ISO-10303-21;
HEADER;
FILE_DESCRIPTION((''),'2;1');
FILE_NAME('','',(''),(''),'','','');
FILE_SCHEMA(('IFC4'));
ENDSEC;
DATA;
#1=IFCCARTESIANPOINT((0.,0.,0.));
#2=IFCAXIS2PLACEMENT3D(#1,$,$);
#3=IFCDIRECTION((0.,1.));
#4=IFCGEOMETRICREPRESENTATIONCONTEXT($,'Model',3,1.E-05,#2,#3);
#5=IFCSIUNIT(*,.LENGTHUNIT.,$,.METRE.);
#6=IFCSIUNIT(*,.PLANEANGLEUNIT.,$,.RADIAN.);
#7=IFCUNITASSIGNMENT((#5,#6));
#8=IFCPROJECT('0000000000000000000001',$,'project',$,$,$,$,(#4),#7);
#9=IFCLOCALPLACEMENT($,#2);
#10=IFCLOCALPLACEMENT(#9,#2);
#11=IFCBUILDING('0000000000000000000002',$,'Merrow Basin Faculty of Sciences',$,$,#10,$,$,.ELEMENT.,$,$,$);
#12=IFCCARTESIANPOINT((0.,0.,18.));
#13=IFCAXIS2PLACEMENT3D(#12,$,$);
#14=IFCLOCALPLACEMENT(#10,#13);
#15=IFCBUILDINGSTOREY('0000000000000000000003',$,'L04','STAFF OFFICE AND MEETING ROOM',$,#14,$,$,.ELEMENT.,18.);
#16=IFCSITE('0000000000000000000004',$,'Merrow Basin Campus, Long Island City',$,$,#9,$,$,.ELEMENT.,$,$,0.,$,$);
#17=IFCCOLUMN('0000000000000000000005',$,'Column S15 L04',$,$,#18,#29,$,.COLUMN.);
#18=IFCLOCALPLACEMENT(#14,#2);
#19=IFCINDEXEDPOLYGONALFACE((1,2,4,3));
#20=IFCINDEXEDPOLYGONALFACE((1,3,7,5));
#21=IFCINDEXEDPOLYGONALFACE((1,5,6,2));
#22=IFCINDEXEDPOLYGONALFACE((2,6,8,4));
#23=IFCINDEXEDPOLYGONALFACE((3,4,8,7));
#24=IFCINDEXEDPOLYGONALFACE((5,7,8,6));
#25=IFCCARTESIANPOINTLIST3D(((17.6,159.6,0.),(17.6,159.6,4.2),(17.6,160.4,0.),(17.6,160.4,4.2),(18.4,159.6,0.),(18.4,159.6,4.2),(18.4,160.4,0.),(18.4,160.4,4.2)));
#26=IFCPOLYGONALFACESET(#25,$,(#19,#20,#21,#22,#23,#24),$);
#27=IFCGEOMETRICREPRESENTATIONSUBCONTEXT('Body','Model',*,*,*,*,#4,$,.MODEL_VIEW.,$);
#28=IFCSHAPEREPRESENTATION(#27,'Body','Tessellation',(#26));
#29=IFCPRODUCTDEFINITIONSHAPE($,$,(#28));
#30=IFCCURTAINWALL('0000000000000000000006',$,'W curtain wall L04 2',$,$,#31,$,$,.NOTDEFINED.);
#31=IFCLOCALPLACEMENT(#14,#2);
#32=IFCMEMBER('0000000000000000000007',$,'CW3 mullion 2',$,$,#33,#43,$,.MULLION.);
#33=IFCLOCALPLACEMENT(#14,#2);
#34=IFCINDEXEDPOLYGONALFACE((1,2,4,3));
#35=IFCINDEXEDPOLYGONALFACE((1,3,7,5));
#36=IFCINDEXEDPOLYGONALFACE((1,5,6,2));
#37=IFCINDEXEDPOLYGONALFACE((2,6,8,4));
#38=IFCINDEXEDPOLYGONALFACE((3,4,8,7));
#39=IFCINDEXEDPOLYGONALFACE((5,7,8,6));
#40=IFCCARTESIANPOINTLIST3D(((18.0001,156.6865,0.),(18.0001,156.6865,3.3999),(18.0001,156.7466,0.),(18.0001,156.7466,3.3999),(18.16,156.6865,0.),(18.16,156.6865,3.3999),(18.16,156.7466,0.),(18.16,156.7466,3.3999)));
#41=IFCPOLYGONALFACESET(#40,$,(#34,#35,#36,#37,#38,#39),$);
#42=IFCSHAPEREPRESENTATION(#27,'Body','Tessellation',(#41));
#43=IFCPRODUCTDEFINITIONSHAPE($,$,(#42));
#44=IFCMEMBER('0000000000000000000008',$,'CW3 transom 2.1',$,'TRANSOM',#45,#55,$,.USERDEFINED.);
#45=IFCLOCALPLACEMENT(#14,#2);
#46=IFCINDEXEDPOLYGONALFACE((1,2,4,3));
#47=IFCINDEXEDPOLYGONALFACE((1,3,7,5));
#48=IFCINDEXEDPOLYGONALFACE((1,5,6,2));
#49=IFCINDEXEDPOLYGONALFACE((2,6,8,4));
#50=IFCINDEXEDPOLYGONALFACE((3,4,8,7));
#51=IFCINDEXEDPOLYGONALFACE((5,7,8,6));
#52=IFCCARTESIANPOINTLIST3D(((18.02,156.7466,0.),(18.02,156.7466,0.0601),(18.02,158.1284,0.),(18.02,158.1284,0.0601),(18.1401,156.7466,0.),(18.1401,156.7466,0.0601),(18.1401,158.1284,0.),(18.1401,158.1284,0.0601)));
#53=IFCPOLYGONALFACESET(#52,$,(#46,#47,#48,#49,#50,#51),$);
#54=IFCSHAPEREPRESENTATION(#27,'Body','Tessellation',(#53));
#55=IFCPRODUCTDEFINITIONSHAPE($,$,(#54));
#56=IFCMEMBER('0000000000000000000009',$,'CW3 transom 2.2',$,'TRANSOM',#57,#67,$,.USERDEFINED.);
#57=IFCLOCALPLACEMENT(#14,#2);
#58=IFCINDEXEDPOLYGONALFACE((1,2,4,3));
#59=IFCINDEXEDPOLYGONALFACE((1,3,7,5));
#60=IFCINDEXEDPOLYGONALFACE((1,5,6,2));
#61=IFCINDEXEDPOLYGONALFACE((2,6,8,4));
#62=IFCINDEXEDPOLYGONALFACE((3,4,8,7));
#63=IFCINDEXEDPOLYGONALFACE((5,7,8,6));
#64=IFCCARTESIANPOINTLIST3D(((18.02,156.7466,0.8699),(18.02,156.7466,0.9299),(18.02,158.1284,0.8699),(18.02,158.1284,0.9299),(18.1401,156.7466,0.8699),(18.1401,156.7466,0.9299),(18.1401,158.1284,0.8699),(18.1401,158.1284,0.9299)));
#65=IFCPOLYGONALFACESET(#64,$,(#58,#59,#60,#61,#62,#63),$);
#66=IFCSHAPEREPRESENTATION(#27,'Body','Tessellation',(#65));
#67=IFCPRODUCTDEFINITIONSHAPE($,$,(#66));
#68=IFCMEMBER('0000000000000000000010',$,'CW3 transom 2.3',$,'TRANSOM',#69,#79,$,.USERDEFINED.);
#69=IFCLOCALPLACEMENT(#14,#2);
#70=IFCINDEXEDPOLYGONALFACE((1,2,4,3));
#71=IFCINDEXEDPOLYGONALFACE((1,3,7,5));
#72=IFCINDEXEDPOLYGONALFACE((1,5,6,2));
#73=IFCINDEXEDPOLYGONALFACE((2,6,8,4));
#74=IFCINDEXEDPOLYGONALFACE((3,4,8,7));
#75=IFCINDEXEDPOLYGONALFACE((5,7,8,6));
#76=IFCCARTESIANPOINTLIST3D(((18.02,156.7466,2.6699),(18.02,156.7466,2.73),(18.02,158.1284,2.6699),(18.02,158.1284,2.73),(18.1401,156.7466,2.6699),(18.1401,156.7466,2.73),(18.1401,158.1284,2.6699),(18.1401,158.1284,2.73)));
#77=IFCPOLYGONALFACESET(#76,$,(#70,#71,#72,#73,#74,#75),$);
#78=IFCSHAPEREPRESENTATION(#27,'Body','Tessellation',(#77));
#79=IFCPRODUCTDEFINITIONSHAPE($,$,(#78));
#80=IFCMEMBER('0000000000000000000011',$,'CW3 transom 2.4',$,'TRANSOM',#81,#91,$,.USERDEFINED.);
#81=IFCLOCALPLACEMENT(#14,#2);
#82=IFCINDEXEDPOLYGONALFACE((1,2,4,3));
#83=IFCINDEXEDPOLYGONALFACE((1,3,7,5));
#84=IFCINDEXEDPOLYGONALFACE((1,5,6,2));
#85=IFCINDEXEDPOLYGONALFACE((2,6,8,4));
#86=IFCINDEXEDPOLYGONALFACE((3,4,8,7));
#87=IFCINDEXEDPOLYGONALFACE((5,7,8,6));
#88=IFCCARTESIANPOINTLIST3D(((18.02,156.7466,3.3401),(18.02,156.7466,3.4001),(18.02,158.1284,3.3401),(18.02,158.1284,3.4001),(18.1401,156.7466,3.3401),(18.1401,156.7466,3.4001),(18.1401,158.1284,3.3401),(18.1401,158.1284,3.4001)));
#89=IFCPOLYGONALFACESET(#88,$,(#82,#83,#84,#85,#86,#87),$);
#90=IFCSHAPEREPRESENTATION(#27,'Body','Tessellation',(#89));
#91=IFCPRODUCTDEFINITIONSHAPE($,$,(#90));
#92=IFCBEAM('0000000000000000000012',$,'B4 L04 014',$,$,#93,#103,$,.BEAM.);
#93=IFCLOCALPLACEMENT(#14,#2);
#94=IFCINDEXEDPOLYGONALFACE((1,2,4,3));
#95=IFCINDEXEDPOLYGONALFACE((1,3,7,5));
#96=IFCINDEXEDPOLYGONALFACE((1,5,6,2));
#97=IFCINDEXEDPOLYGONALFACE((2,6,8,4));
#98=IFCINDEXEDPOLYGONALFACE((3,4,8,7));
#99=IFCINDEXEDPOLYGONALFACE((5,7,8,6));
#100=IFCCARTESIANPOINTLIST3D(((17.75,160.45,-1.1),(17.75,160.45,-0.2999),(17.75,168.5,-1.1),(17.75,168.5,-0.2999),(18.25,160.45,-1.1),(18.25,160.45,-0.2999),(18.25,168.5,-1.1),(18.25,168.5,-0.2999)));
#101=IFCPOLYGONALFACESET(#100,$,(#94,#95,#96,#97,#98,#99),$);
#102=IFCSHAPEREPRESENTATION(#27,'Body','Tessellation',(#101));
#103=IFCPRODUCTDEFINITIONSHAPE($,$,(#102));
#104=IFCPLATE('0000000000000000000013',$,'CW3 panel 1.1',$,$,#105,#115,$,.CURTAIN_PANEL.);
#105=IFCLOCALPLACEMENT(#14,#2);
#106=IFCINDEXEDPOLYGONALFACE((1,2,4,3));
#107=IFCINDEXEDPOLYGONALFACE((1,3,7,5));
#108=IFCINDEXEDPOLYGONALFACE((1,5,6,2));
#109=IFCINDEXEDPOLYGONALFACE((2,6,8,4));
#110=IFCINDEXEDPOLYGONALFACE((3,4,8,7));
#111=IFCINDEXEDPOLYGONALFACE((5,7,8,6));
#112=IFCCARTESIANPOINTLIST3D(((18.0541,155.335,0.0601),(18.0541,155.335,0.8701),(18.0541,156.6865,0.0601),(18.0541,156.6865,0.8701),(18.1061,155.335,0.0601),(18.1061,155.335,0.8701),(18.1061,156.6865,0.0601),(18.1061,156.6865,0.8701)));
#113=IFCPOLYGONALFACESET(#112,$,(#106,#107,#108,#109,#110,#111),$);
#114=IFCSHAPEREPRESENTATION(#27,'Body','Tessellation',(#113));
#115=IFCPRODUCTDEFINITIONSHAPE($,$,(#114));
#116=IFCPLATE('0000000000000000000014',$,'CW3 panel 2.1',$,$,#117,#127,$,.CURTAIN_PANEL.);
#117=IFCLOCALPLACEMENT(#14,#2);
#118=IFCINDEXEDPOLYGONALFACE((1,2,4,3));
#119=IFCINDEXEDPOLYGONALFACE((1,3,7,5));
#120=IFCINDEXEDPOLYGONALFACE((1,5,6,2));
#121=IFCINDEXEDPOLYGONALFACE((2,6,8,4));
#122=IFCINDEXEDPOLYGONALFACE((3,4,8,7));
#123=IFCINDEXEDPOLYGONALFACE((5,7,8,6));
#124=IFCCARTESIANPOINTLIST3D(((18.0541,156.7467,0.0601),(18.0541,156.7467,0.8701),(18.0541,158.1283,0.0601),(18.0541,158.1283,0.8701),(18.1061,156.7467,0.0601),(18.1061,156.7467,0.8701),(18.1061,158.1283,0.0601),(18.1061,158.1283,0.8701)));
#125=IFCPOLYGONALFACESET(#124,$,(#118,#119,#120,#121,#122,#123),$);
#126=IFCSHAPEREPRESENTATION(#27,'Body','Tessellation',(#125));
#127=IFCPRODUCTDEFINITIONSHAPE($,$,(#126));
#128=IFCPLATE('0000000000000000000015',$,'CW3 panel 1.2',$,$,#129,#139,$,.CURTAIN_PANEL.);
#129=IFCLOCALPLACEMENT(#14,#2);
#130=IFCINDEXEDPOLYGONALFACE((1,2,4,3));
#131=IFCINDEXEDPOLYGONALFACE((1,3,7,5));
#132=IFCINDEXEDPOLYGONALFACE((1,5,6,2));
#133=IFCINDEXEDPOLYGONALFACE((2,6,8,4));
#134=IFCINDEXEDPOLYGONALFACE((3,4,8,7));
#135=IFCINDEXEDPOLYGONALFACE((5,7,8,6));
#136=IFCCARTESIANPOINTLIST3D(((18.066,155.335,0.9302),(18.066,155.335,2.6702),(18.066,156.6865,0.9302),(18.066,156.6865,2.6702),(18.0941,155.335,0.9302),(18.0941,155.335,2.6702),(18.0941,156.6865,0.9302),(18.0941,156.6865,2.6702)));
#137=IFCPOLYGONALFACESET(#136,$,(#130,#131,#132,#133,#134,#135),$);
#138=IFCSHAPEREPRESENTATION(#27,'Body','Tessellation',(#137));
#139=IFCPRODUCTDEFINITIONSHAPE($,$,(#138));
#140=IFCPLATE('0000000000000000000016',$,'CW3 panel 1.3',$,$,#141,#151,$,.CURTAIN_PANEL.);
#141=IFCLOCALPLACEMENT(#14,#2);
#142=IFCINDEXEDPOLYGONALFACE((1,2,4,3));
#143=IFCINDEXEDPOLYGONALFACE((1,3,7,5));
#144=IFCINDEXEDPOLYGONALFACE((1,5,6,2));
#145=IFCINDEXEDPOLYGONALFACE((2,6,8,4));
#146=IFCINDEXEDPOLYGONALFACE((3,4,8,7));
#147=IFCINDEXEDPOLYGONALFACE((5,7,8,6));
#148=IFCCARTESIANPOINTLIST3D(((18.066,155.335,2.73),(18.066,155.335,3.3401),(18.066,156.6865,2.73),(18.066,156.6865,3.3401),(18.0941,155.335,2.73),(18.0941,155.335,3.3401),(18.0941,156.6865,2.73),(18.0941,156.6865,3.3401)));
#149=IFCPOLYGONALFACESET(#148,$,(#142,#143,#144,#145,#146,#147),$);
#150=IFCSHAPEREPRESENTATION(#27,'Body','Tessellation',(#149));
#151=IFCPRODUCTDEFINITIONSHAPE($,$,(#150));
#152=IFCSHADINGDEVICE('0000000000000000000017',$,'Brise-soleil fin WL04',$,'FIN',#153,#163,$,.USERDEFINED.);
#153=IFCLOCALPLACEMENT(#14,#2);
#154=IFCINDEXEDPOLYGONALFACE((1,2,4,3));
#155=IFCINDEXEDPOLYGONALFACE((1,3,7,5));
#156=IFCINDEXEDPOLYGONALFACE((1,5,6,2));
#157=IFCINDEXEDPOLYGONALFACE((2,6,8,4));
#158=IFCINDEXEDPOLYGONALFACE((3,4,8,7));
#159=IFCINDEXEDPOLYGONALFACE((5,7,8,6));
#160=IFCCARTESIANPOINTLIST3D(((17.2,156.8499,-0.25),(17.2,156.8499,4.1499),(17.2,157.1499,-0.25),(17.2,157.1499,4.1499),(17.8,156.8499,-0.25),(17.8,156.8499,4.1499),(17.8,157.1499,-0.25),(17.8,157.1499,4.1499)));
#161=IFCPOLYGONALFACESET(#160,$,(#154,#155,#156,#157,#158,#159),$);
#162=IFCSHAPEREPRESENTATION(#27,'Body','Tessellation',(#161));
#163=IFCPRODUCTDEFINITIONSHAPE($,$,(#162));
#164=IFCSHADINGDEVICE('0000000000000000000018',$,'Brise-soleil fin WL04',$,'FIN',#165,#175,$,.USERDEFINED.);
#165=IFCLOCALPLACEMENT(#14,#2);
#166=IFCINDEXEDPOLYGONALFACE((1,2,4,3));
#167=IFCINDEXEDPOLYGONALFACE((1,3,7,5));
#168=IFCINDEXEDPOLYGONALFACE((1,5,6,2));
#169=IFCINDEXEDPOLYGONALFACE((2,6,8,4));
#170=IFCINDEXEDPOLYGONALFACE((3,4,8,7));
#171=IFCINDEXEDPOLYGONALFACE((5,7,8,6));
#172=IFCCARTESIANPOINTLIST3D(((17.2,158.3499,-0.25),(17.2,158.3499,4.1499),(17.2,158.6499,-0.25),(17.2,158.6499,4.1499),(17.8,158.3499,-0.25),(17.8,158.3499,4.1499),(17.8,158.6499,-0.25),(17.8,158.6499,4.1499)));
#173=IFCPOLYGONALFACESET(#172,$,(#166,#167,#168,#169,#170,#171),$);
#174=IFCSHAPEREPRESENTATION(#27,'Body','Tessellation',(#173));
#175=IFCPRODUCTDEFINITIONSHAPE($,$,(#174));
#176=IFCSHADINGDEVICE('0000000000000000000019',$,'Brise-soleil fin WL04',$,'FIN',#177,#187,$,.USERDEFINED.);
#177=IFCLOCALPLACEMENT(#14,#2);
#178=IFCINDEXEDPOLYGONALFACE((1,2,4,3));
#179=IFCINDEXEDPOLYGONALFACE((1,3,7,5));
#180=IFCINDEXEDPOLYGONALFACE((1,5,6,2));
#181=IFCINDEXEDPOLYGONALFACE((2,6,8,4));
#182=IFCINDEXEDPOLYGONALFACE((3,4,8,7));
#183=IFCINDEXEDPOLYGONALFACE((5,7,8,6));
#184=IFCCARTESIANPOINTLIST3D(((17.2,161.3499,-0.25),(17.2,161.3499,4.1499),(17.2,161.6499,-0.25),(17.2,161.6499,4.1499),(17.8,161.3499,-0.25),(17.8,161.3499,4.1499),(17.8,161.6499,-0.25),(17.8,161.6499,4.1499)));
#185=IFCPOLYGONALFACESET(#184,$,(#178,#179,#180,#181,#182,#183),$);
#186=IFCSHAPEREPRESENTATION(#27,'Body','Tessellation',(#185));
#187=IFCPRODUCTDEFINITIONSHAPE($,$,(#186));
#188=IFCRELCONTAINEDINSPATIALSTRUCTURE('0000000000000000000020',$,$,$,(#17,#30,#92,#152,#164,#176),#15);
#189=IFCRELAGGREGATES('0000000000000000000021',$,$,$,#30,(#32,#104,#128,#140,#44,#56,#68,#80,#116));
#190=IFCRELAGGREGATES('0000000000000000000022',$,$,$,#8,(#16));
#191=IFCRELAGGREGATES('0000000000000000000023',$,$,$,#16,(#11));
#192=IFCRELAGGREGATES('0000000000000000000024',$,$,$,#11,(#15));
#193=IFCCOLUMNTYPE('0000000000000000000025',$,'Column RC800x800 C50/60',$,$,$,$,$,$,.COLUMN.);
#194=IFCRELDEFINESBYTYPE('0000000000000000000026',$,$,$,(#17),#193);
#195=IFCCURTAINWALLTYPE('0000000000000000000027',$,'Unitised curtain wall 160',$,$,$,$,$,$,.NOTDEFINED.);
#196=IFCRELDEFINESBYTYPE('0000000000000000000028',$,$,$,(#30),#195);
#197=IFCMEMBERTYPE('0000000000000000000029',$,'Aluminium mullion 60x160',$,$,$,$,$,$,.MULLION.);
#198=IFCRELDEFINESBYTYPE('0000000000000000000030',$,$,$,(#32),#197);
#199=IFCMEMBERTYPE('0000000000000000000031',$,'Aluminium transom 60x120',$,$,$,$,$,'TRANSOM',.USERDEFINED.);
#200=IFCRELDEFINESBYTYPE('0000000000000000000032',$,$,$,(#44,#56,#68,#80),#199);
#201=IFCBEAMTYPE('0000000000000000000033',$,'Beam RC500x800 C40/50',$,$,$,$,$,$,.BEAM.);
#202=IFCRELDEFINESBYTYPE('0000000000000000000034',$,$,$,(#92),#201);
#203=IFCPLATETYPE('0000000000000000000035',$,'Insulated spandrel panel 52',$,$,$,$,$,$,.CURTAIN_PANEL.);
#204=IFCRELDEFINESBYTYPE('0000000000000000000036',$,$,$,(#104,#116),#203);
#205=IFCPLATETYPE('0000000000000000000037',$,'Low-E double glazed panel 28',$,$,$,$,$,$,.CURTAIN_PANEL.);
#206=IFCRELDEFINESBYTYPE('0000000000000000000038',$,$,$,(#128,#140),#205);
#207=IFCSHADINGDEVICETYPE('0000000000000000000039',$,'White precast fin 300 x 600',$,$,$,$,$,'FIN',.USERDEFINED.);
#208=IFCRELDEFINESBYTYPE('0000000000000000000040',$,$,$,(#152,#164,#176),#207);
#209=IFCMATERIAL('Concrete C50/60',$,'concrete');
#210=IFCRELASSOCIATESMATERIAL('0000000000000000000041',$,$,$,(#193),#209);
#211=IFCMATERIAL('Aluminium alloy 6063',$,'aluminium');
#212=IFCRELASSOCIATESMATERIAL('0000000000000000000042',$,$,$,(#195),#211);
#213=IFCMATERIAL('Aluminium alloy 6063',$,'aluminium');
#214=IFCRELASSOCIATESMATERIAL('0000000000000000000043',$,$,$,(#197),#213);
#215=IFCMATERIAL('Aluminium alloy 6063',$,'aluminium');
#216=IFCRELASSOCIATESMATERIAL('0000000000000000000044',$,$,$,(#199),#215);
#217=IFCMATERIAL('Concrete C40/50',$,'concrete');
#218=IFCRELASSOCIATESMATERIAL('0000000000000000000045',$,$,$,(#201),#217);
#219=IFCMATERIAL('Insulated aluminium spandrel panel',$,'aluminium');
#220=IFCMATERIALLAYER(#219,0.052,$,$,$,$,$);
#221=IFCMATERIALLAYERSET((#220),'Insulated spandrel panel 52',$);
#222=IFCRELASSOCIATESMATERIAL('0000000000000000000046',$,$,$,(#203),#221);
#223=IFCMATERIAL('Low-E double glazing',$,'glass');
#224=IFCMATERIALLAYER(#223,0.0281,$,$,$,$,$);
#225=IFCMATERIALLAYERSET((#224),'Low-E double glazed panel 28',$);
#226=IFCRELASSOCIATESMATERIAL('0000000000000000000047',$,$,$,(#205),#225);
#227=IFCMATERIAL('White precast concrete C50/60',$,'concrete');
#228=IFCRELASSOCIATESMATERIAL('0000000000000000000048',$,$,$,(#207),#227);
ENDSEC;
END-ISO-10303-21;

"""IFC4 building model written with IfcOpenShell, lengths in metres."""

from ifc_helpers import new_model, si_unit, direction, frame, origin, origin_2d, place, context, subcontext, project, spatial, polyline, rectangle, outline, extrude, source, transform, mapped, material, layer, layer_set, material_profile, profile_set, type_object, element, aggregate, save


model = new_model("IFC4")

# Units and contexts
model_context = context("Model", 3, precision=1e-05, world=origin(), true_north=direction((0.0, 1.0)))
body_context = subcontext(model_context, "Body", "Model", "MODEL_VIEW")
ifc_project = project(units=[si_unit("LENGTHUNIT", "METRE"), si_unit("PLANEANGLEUNIT", "RADIAN")], contexts=[model_context])

# Site, building, storey
site_placement = place(None, origin())
site = spatial("IfcSite", under=ifc_project, at=site_placement, Name="Merrow Basin Campus, Long Island City", CompositionType="ELEMENT", RefElevation=0.0)
building_placement = place(site_placement, origin())
building = spatial("IfcBuilding", under=site, at=building_placement, Name="Merrow Basin Faculty of Sciences", CompositionType="ELEMENT")
storey_placement = place(building_placement, frame((0.0, 0.0, 18.0)))
storey = spatial("IfcBuildingStorey", under=building, at=storey_placement, Name="L04", Description="STAFF OFFICE AND MEETING ROOM", CompositionType="ELEMENT", Elevation=18.0)

# Column
ifc_material_1 = material(Name="Concrete C50/60", Category="concrete")
ifc_material_profile_1 = material_profile(ifc_material_1, rectangle(XDim=0.8, YDim=0.8, at=origin_2d()))
ifc_profile_set_1 = profile_set([ifc_material_profile_1], Name="Concrete C50/60")
column_type = type_object("IfcColumnType", Name="Column RC800x800 C50/60", PredefinedType="COLUMN", material=ifc_profile_set_1)
column_placement = place(storey_placement, frame((18.0, 160.0, 0.0), z_axis=(0.0, 0.0, 1.0), x_axis=(1.0, 0.0, 0.0)))
element("IfcColumn", 1, at=column_placement, inside=storey, type_object=column_type, Name="Column S15 L04", PredefinedType="COLUMN", context=body_context, shape_type="SweptSolid", body=[
    extrude(rectangle(XDim=0.8, YDim=0.8, at=origin_2d()), origin(), (0.0, 0.0, 1.0), 4.2),
])

# Curtain wall, members
ifc_material_2 = material(Name="Aluminium alloy 6063", Category="aluminium")
curtain_wall_type = type_object("IfcCurtainWallType", Name="Unitised curtain wall 160", PredefinedType="NOTDEFINED", material=ifc_material_2)
curtain_wall_placement = place(storey_placement, origin())
curtain_wall = element("IfcCurtainWall", 2, at=curtain_wall_placement, inside=storey, type_object=curtain_wall_type, Name="W curtain wall L04 2", PredefinedType="NOTDEFINED")
ifc_material_3 = material(Name="Aluminium alloy 6063", Category="aluminium")
ifc_material_profile_2 = material_profile(ifc_material_3, rectangle(XDim=0.1599, YDim=0.0601, at=origin_2d()))
ifc_profile_set_2 = profile_set([ifc_material_profile_2], Name="Aluminium alloy 6063")
member_type_1 = type_object("IfcMemberType", Name="Aluminium mullion 60x160", PredefinedType="MULLION", material=ifc_profile_set_2)
member_1_placement = place(storey_placement, frame((18.0801, 156.7166, 0.0), z_axis=(0.0, 0.0, 1.0), x_axis=(-1.0, 0.0, 0.0)))
member_1 = element("IfcMember", 3, at=member_1_placement, type_object=member_type_1, Name="CW3 mullion 2", PredefinedType="MULLION", context=body_context, shape_type="SweptSolid", body=[
    extrude(rectangle(XDim=0.1599, YDim=0.0601, at=origin_2d()), origin(), (0.0, 0.0, 1.0), 3.3999),
])
ifc_material_4 = material(Name="Aluminium alloy 6063", Category="aluminium")
ifc_material_profile_3 = material_profile(ifc_material_4, rectangle(XDim=0.1201, YDim=0.0601, at=origin_2d()))
ifc_profile_set_3 = profile_set([ifc_material_profile_3], Name="Aluminium alloy 6063")
member_type_2 = type_object("IfcMemberType", Name="Aluminium transom 60x120", ElementType="TRANSOM", PredefinedType="USERDEFINED", material=ifc_profile_set_3)
member_2_placement = place(storey_placement, frame((18.0801, 156.7466, 0.03), z_axis=(0.0, 1.0, 0.0), x_axis=(-1.0, 0.0, 0.0)))
member_2 = element("IfcMember", 4, at=member_2_placement, type_object=member_type_2, Name="CW3 transom 2.1", ObjectType="TRANSOM", PredefinedType="USERDEFINED", context=body_context, shape_type="SweptSolid", body=[
    extrude(rectangle(XDim=0.1201, YDim=0.0601, at=origin_2d()), origin(), (0.0, 0.0, 1.0), 1.3818),
])
member_3_placement = place(storey_placement, frame((18.0801, 156.7466, 0.8999), z_axis=(0.0, 1.0, 0.0), x_axis=(-1.0, 0.0, 0.0)))
member_3 = element("IfcMember", 5, at=member_3_placement, type_object=member_type_2, Name="CW3 transom 2.2", ObjectType="TRANSOM", PredefinedType="USERDEFINED", context=body_context, shape_type="SweptSolid", body=[
    extrude(rectangle(XDim=0.1201, YDim=0.0601, at=origin_2d()), origin(), (0.0, 0.0, 1.0), 1.3818),
])
member_4_placement = place(storey_placement, frame((18.0801, 156.7466, 2.7), z_axis=(0.0, 1.0, 0.0), x_axis=(-1.0, 0.0, 0.0)))
member_4 = element("IfcMember", 6, at=member_4_placement, type_object=member_type_2, Name="CW3 transom 2.3", ObjectType="TRANSOM", PredefinedType="USERDEFINED", context=body_context, shape_type="SweptSolid", body=[
    extrude(rectangle(XDim=0.1201, YDim=0.0601, at=origin_2d()), origin(), (0.0, 0.0, 1.0), 1.3818),
])
member_5_placement = place(storey_placement, frame((18.0801, 156.7466, 3.3701), z_axis=(0.0, 1.0, 0.0), x_axis=(-1.0, 0.0, 0.0)))
member_5 = element("IfcMember", 7, at=member_5_placement, type_object=member_type_2, Name="CW3 transom 2.4", ObjectType="TRANSOM", PredefinedType="USERDEFINED", context=body_context, shape_type="SweptSolid", body=[
    extrude(rectangle(XDim=0.1201, YDim=0.0601, at=origin_2d()), origin(), (0.0, 0.0, 1.0), 1.3818),
])

# Beam
ifc_material_5 = material(Name="Concrete C40/50", Category="concrete")
ifc_material_profile_4 = material_profile(ifc_material_5, rectangle(XDim=0.5, YDim=0.8, at=origin_2d()))
ifc_profile_set_4 = profile_set([ifc_material_profile_4], Name="Concrete C40/50")
beam_type = type_object("IfcBeamType", Name="Beam RC500x800 C40/50", PredefinedType="BEAM", material=ifc_profile_set_4)
beam_placement = place(storey_placement, frame((18.0, 160.45, -0.7), z_axis=(0.0, 1.0, 0.0), x_axis=(-1.0, 0.0, 0.0)))
element("IfcBeam", 8, at=beam_placement, inside=storey, type_object=beam_type, Name="B4 L04 014", PredefinedType="BEAM", context=body_context, shape_type="SweptSolid", body=[
    extrude(rectangle(XDim=0.5, YDim=0.8, at=origin_2d()), origin(), (0.0, 0.0, 1.0), 8.05),
])

# Plates
ifc_material_6 = material(Name="Insulated aluminium spandrel panel", Category="aluminium")
ifc_layer_1 = layer(ifc_material_6, 0.052)
ifc_layer_set_1 = layer_set([ifc_layer_1], Name="Insulated spandrel panel 52")
plate_type_1 = type_object("IfcPlateType", Name="Insulated spandrel panel 52", PredefinedType="CURTAIN_PANEL", material=ifc_layer_set_1)
plate_1_placement = place(storey_placement, frame((18.0801, 156.0107, 0.0601), z_axis=(0.0, 0.0, 1.0), x_axis=(0.0, 1.0, 0.0)))
plate_1 = element("IfcPlate", 9, at=plate_1_placement, type_object=plate_type_1, Name="CW3 panel 1.1", PredefinedType="CURTAIN_PANEL", context=body_context, shape_type="SweptSolid", body=[
    extrude(rectangle(XDim=1.3516, YDim=0.052, at=origin_2d()), origin(), (0.0, 0.0, 1.0), 0.8101),
])
plate_2_placement = place(storey_placement, frame((18.0801, 157.4375, 0.0601), z_axis=(0.0, 0.0, 1.0), x_axis=(0.0, 1.0, 0.0)))
plate_2 = element("IfcPlate", 10, at=plate_2_placement, type_object=plate_type_1, Name="CW3 panel 2.1", PredefinedType="CURTAIN_PANEL", context=body_context, shape_type="SweptSolid", body=[
    extrude(rectangle(XDim=1.3816, YDim=0.052, at=origin_2d()), origin(), (0.0, 0.0, 1.0), 0.8101),
])
ifc_material_7 = material(Name="Low-E double glazing", Category="glass")
ifc_layer_2 = layer(ifc_material_7, 0.0281)
ifc_layer_set_2 = layer_set([ifc_layer_2], Name="Low-E double glazed panel 28")
plate_type_2 = type_object("IfcPlateType", Name="Low-E double glazed panel 28", PredefinedType="CURTAIN_PANEL", material=ifc_layer_set_2)
plate_3_placement = place(storey_placement, frame((18.0801, 156.0107, 0.9302), z_axis=(0.0, 0.0, 1.0), x_axis=(0.0, 1.0, 0.0)))
plate_3 = element("IfcPlate", 11, at=plate_3_placement, type_object=plate_type_2, Name="CW3 panel 1.2", PredefinedType="CURTAIN_PANEL", context=body_context, shape_type="SweptSolid", body=[
    extrude(rectangle(XDim=1.3516, YDim=0.0281, at=origin_2d()), origin(), (0.0, 0.0, 1.0), 1.74),
])
plate_4_placement = place(storey_placement, frame((18.0801, 156.0107, 2.73), z_axis=(0.0, 0.0, 1.0), x_axis=(0.0, 1.0, 0.0)))
plate_4 = element("IfcPlate", 12, at=plate_4_placement, type_object=plate_type_2, Name="CW3 panel 1.3", PredefinedType="CURTAIN_PANEL", context=body_context, shape_type="SweptSolid", body=[
    extrude(rectangle(XDim=1.3516, YDim=0.0281, at=origin_2d()), origin(), (0.0, 0.0, 1.0), 0.6101),
])
aggregate(curtain_wall, [member_1, plate_1, plate_3, plate_4, member_2, member_3, member_4, member_5, plate_2])

# Shading devices
ifc_material_8 = material(Name="White precast concrete C50/60", Category="concrete")
shading_device_type = type_object("IfcShadingDeviceType", Name="White precast fin 300 x 600", ElementType="FIN", PredefinedType="USERDEFINED", material=ifc_material_8)
shared_shape_1 = source(origin(), body_context, "Body", "SweptSolid", [
    extrude(outline(polyline([(0.0, 0.0), (0.3, 0.0), (0.3, 4.3999), (0.0, 4.3999), (0.0, 0.0)])), origin(), (0.0, 0.0, 1.0), 0.6001),
])
for number, where, z_axis, x_axis, name in (
    (13, (17.8, 157.1499, -0.25), (-1.0, 0.0, 0.0), (0.0, -1.0, 0.0), "Brise-soleil fin WL04"),
    (14, (17.8, 158.6499, -0.25), (-1.0, 0.0, 0.0), (0.0, -1.0, 0.0), "Brise-soleil fin WL04"),
    (15, (17.8, 161.6499, -0.25), (-1.0, 0.0, 0.0), (0.0, -1.0, 0.0), "Brise-soleil fin WL04"),
):
    element("IfcShadingDevice", number, at=place(storey_placement, frame(where, z_axis=z_axis, x_axis=x_axis)), inside=storey, type_object=shading_device_type, Name=name, ObjectType="FIN", PredefinedType="USERDEFINED", context=body_context, shape_type="MappedRepresentation", body=[
        mapped(shared_shape_1, transform((0.0, 0.0, 0.0), scale=1.0)),
    ])

save(model, "model.ifc")
